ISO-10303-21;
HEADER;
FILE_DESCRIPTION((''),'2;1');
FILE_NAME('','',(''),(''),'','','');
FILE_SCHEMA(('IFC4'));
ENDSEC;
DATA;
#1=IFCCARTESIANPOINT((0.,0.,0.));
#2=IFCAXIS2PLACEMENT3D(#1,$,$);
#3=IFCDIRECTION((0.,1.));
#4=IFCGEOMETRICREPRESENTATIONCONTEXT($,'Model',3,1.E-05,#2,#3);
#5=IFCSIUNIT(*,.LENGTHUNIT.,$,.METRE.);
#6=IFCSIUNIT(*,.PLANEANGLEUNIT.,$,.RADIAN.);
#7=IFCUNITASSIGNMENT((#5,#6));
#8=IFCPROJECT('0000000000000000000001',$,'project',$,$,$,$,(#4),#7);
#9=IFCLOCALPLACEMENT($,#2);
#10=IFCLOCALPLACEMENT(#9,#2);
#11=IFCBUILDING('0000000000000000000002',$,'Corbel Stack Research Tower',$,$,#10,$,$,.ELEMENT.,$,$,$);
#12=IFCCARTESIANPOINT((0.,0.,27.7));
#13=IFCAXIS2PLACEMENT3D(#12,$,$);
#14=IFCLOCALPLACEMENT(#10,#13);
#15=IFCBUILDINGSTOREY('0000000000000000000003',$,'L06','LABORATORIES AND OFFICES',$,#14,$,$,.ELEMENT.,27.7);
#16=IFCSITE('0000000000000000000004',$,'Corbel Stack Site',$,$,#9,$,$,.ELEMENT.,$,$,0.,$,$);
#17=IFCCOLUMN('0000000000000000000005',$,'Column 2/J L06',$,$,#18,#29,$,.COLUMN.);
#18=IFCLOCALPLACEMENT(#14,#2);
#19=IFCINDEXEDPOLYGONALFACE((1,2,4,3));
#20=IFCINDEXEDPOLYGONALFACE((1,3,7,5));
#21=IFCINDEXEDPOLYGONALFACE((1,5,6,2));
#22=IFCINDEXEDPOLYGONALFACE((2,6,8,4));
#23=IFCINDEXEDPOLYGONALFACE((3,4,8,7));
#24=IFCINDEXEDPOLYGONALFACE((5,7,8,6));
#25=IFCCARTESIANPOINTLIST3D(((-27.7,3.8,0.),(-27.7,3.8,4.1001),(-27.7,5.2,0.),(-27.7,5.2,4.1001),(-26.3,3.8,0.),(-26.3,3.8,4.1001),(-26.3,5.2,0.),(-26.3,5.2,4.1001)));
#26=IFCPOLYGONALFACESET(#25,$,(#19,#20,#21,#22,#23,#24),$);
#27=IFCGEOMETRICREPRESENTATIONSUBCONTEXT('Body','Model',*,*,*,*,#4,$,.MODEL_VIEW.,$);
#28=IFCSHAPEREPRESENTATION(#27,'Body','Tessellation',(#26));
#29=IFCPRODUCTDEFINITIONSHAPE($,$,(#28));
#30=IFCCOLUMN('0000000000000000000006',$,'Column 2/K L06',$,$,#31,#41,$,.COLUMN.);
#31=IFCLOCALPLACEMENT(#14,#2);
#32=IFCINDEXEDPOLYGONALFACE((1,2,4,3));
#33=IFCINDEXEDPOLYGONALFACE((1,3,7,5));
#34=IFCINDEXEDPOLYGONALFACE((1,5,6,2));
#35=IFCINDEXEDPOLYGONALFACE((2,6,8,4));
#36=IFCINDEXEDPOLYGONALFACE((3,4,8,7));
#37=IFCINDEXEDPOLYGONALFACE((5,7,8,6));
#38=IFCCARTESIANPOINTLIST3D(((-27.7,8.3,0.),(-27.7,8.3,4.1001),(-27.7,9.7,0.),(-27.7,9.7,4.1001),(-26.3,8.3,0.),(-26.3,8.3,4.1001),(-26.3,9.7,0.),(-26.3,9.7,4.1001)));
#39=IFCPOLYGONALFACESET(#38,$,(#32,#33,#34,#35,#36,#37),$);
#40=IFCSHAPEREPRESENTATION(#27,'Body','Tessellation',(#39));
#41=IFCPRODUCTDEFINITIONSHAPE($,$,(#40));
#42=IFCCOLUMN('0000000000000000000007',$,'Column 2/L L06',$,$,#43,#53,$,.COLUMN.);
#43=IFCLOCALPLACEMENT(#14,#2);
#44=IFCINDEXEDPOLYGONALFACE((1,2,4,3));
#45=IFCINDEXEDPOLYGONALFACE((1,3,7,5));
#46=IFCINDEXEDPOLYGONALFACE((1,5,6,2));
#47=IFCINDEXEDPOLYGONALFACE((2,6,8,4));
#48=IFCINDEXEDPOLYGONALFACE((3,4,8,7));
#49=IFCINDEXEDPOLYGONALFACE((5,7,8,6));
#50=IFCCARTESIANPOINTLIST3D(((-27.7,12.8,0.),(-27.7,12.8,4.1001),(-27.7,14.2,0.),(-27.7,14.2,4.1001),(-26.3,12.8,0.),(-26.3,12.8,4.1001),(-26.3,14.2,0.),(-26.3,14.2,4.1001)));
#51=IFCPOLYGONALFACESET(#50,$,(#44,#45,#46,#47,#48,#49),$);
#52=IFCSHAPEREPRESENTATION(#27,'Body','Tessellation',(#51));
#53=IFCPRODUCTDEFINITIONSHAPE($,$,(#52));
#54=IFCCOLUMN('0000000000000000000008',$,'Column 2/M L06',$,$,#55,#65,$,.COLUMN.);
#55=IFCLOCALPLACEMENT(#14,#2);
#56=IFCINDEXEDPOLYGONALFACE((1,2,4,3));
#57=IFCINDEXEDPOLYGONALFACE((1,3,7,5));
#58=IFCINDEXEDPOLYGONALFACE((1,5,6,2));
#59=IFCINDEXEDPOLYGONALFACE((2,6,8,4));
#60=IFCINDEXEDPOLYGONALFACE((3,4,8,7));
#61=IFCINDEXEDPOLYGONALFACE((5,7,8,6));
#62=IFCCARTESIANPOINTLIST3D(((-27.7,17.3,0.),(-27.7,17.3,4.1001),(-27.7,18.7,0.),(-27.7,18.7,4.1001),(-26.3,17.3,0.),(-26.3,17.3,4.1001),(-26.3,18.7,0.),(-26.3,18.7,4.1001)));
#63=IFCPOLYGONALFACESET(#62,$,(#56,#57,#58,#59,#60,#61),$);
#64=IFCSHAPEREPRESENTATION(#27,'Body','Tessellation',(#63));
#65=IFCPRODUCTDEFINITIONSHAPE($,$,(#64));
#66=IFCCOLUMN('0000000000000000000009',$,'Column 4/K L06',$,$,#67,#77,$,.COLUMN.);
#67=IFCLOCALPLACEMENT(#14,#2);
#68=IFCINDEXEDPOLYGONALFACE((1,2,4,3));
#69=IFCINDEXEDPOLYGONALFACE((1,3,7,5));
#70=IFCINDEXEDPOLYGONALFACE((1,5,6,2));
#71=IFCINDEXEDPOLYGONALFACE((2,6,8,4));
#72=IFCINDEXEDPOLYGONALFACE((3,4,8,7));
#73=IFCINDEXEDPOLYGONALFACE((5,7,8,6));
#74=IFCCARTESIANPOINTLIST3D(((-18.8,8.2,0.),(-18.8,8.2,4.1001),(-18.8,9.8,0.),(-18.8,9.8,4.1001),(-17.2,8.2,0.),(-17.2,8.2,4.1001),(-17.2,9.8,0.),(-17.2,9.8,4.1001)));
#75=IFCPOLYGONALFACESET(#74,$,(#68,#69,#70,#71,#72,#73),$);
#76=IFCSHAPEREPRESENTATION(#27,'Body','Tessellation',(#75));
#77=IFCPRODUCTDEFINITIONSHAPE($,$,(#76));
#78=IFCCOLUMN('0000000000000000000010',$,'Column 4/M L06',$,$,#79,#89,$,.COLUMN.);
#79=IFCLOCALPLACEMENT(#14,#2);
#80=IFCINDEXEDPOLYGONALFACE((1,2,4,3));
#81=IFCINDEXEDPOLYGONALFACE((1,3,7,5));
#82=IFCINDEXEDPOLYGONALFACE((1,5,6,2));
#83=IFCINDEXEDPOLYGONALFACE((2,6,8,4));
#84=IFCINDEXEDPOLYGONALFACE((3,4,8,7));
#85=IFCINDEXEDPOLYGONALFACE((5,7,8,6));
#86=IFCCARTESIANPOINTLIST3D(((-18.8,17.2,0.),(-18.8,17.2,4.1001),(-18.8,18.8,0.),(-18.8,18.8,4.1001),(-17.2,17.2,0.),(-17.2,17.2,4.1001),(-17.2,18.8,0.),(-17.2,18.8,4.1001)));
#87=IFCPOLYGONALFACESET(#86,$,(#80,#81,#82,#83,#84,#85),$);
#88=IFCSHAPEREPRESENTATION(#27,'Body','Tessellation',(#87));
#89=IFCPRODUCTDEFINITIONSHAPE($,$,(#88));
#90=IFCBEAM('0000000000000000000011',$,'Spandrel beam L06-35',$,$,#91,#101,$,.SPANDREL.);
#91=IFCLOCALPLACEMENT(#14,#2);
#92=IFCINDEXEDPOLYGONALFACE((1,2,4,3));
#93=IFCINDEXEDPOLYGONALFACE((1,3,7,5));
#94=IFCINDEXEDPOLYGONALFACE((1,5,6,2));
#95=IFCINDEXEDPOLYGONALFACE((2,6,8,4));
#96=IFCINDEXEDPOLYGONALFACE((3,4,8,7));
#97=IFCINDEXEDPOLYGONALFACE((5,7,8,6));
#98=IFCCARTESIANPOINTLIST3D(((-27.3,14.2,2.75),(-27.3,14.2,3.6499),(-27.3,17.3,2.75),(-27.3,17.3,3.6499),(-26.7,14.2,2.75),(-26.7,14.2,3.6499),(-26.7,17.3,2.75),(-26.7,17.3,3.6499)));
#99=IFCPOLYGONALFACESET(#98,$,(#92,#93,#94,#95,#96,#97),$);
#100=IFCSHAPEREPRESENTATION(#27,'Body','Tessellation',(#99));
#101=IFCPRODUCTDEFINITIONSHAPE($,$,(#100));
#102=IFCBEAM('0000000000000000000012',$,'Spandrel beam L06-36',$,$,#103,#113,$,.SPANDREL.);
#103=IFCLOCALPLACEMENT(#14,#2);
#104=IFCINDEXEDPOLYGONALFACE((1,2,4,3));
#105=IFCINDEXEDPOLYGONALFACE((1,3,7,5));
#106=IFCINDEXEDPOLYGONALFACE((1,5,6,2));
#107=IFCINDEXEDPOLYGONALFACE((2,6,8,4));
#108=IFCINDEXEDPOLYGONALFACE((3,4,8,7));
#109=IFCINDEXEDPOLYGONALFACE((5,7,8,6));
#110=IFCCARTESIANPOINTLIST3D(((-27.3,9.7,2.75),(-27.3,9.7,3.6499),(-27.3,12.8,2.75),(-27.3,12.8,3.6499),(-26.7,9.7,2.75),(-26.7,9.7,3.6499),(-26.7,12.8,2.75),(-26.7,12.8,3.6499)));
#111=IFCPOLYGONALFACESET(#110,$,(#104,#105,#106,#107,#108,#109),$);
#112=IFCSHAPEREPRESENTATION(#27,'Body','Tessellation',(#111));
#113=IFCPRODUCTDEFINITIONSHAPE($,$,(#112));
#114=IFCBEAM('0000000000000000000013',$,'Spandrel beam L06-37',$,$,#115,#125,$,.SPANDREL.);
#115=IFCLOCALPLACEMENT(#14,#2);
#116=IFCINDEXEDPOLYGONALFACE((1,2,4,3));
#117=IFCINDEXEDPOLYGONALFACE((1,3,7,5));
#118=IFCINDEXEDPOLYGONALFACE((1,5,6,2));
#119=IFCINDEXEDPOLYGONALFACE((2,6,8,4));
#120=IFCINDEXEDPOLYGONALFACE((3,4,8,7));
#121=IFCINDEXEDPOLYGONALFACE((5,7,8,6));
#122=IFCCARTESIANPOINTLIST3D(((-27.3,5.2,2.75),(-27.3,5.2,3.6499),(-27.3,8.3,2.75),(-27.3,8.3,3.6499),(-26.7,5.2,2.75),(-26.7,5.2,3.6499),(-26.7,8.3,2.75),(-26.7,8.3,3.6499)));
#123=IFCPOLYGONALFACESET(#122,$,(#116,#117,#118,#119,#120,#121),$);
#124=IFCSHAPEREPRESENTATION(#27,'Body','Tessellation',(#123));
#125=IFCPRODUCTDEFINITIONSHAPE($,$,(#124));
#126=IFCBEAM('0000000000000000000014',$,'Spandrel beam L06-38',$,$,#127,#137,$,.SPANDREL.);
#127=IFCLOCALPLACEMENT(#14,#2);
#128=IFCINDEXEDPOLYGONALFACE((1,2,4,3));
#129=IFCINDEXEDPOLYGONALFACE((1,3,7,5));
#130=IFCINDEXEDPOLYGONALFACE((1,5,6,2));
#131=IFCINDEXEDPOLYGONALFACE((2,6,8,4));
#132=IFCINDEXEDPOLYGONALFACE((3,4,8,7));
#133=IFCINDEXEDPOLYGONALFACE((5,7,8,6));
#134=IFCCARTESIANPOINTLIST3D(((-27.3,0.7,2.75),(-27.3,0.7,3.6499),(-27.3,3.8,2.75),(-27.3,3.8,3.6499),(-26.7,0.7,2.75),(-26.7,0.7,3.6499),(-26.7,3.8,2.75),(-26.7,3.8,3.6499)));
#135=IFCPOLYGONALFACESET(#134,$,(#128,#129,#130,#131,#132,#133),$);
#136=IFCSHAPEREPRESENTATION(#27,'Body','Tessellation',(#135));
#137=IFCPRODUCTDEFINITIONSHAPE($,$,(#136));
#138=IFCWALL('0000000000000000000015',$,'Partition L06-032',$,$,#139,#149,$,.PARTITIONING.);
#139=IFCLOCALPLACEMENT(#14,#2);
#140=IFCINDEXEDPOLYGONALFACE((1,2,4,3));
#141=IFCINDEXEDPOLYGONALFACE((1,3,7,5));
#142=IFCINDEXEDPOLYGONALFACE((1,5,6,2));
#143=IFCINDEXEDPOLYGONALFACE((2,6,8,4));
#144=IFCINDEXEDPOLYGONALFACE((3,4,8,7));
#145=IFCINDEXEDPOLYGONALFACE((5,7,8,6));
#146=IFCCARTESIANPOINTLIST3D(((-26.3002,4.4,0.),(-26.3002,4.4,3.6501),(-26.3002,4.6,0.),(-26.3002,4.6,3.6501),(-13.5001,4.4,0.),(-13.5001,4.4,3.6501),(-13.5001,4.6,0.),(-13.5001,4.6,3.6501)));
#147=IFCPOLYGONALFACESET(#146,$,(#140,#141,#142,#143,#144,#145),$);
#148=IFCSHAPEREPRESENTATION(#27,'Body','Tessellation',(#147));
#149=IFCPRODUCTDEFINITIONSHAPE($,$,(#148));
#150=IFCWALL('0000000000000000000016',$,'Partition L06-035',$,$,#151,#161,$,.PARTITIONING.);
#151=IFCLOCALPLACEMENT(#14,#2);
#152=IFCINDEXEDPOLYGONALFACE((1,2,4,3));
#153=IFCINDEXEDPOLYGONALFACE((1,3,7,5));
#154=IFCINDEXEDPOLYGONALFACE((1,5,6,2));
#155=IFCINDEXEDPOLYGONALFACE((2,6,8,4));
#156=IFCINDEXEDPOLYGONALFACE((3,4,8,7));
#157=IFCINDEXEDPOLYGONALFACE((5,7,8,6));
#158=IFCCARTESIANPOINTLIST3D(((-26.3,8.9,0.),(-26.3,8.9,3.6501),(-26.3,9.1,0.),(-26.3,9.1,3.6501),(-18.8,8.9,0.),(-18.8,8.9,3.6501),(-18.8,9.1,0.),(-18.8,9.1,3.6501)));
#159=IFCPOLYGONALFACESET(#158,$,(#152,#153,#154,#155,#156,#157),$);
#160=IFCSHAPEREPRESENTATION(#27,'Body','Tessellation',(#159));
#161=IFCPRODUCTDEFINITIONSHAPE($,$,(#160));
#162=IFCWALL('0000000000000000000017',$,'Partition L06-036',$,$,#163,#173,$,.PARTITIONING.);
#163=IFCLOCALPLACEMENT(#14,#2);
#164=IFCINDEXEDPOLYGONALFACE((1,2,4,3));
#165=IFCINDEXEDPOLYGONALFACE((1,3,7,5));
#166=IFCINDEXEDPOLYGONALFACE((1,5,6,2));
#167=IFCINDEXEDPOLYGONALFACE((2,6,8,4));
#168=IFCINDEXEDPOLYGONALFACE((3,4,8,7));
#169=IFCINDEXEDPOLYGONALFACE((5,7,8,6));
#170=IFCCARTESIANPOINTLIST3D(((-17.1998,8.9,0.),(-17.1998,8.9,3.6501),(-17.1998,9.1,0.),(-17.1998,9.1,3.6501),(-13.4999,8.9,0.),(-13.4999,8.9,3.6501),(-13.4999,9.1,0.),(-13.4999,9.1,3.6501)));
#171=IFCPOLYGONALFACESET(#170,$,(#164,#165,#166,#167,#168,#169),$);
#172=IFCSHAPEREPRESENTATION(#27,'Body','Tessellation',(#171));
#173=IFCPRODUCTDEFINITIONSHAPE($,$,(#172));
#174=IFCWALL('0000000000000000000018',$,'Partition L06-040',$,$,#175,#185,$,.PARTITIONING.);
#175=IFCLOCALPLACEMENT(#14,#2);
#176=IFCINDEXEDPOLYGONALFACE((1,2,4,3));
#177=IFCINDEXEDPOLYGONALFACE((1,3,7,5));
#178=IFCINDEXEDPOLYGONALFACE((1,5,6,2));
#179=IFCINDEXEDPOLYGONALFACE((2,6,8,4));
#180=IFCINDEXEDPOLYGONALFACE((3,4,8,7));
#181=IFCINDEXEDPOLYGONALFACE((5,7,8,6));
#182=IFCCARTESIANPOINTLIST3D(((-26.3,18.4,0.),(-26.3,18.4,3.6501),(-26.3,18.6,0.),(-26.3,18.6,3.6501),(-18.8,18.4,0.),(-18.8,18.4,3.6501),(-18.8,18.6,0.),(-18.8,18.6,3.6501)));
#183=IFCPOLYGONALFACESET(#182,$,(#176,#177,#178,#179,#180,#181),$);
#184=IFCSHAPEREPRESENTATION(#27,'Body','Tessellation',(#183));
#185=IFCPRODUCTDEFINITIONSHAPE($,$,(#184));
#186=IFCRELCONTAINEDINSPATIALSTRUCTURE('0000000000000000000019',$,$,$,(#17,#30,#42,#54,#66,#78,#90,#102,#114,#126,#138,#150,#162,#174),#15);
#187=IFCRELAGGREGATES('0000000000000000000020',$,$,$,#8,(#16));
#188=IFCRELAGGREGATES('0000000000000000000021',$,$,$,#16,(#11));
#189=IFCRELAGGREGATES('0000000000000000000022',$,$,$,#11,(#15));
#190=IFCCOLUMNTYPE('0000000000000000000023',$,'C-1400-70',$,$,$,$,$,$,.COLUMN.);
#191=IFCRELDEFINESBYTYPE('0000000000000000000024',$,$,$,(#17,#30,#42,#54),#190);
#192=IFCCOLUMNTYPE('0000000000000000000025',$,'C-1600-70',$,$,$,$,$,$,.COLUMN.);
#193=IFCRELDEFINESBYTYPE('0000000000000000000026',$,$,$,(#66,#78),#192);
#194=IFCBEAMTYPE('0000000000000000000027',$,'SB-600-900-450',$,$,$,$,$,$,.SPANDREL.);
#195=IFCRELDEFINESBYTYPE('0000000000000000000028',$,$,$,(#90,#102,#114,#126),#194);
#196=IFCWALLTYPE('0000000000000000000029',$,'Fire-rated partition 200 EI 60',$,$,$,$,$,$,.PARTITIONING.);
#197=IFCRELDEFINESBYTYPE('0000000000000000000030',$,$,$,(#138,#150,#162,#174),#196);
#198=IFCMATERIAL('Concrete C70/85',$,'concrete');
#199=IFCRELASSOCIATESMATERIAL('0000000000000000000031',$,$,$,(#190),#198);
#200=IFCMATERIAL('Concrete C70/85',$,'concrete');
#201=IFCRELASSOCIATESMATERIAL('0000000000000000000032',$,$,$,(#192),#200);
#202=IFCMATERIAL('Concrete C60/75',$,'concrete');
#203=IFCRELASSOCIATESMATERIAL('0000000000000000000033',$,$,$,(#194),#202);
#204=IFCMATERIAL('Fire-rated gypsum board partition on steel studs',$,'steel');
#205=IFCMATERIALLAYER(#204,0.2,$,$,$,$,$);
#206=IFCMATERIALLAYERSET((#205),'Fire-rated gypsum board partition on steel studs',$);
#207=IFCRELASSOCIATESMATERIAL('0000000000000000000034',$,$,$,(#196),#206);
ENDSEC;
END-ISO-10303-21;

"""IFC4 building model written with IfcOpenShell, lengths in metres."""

from ifc_helpers import new_model, si_unit, direction, frame, frame_2d, origin, origin_2d, place, context, subcontext, project, spatial, rectangle, extrude, material, layer, layer_set, material_profile, profile_set, type_object, element, save


model = new_model("IFC4")

# Units and contexts
model_context = context("Model", 3, precision=1e-05, world=origin(), true_north=direction((0.0, 1.0)))
body_context = subcontext(model_context, "Body", "Model", "MODEL_VIEW")
ifc_project = project(units=[si_unit("LENGTHUNIT", "METRE"), si_unit("PLANEANGLEUNIT", "RADIAN")], contexts=[model_context])

# Site, building, storey
site_placement = place(None, origin())
site = spatial("IfcSite", under=ifc_project, at=site_placement, Name="Corbel Stack Site", CompositionType="ELEMENT", RefElevation=0.0)
building_placement = place(site_placement, origin())
building = spatial("IfcBuilding", under=site, at=building_placement, Name="Corbel Stack Research Tower", CompositionType="ELEMENT")
storey_placement = place(building_placement, frame((0.0, 0.0, 27.7)))
storey = spatial("IfcBuildingStorey", under=building, at=storey_placement, Name="L06", Description="LABORATORIES AND OFFICES", CompositionType="ELEMENT", Elevation=27.7)

# Columns
ifc_material_1 = material(Name="Concrete C70/85", Category="concrete")
ifc_material_profile_1 = material_profile(ifc_material_1, rectangle(XDim=1.3999, YDim=1.3999, at=origin_2d()), Name="RC 1400 x 1400")
ifc_profile_set_1 = profile_set([ifc_material_profile_1], Name="Concrete C70/85")
column_type_1 = type_object("IfcColumnType", Name="C-1400-70", PredefinedType="COLUMN", material=ifc_profile_set_1)
for number, where, z_axis, x_axis, name in (
    (1, (-27.0, 4.5, 0.0), (0.0, 0.0, 1.0), (1.0, 0.0, 0.0), "Column 2/J L06"),
    (2, (-27.0, 9.0, 0.0), (0.0, 0.0, 1.0), (1.0, 0.0, 0.0), "Column 2/K L06"),
    (3, (-27.0, 13.5, 0.0), (0.0, 0.0, 1.0), (1.0, 0.0, 0.0), "Column 2/L L06"),
    (4, (-27.0, 18.0, 0.0), (0.0, 0.0, 1.0), (1.0, 0.0, 0.0), "Column 2/M L06"),
):
    element("IfcColumn", number, at=place(storey_placement, frame(where, z_axis=z_axis, x_axis=x_axis)), inside=storey, type_object=column_type_1, Name=name, PredefinedType="COLUMN", context=body_context, shape_type="SweptSolid", body=[
        extrude(rectangle(XDim=1.3999, YDim=1.3999, at=origin_2d()), origin(), (0.0, 0.0, 1.0), 4.1001),
    ])
ifc_material_2 = material(Name="Concrete C70/85", Category="concrete")
ifc_material_profile_2 = material_profile(ifc_material_2, rectangle(XDim=1.6001, YDim=1.6001, at=origin_2d()), Name="RC 1600 x 1600")
ifc_profile_set_2 = profile_set([ifc_material_profile_2], Name="Concrete C70/85")
column_type_2 = type_object("IfcColumnType", Name="C-1600-70", PredefinedType="COLUMN", material=ifc_profile_set_2)
for number, where, z_axis, x_axis, name in (
    (5, (-18.0, 9.0, 0.0), (0.0, 0.0, 1.0), (1.0, 0.0, 0.0), "Column 4/K L06"),
    (6, (-18.0, 18.0, 0.0), (0.0, 0.0, 1.0), (1.0, 0.0, 0.0), "Column 4/M L06"),
):
    element("IfcColumn", number, at=place(storey_placement, frame(where, z_axis=z_axis, x_axis=x_axis)), inside=storey, type_object=column_type_2, Name=name, PredefinedType="COLUMN", context=body_context, shape_type="SweptSolid", body=[
        extrude(rectangle(XDim=1.6001, YDim=1.6001, at=origin_2d()), origin(), (0.0, 0.0, 1.0), 4.1001),
    ])

# Beams
ifc_material_3 = material(Name="Concrete C60/75", Category="concrete")
ifc_material_profile_3 = material_profile(ifc_material_3, rectangle(XDim=0.6001, YDim=0.8999, at=origin_2d()), Name="RC 600 x 900")
ifc_profile_set_3 = profile_set([ifc_material_profile_3], Name="Concrete C60/75")
beam_type = type_object("IfcBeamType", Name="SB-600-900-450", PredefinedType="SPANDREL", material=ifc_profile_set_3)
for number, where, z_axis, x_axis, name in (
    (7, (-27.0, 17.3, 3.2), (0.0, -1.0, 0.0), (1.0, 0.0, 0.0), "Spandrel beam L06-35"),
    (8, (-27.0, 12.8, 3.2), (0.0, -1.0, 0.0), (1.0, 0.0, 0.0), "Spandrel beam L06-36"),
    (9, (-27.0, 8.3, 3.2), (0.0, -1.0, 0.0), (1.0, 0.0, 0.0), "Spandrel beam L06-37"),
    (10, (-27.0, 3.8, 3.2), (0.0, -1.0, 0.0), (1.0, 0.0, 0.0), "Spandrel beam L06-38"),
):
    element("IfcBeam", number, at=place(storey_placement, frame(where, z_axis=z_axis, x_axis=x_axis)), inside=storey, type_object=beam_type, Name=name, PredefinedType="SPANDREL", context=body_context, shape_type="SweptSolid", body=[
        extrude(rectangle(XDim=0.6001, YDim=0.8999, at=origin_2d()), origin(), (0.0, 0.0, 1.0), 3.1001),
    ])

# Walls
ifc_material_4 = material(Name="Fire-rated gypsum board partition on steel studs", Category="steel")
ifc_layer_1 = layer(ifc_material_4, 0.2)
ifc_layer_set_1 = layer_set([ifc_layer_1], Name="Fire-rated gypsum board partition on steel studs")
wall_type_1 = type_object("IfcWallType", Name="Fire-rated partition 200 EI 60", PredefinedType="PARTITIONING", material=ifc_layer_set_1)
wall_1_placement = place(storey_placement, frame((-26.3, 4.5, 0.0), z_axis=(0.0, 0.0, 1.0), x_axis=(1.0, 0.0, 0.0)))
element("IfcWall", 11, at=wall_1_placement, inside=storey, type_object=wall_type_1, Name="Partition L06-032", PredefinedType="PARTITIONING", context=body_context, shape_type="SweptSolid", body=[
    extrude(rectangle(XDim=12.8, YDim=0.2, at=frame_2d((6.3999, 0.0))), origin(), (0.0, 0.0, 1.0), 3.6501),
])
wall_2_placement = place(storey_placement, frame((-26.3, 9.0, 0.0), z_axis=(0.0, 0.0, 1.0), x_axis=(1.0, 0.0, 0.0)))
element("IfcWall", 12, at=wall_2_placement, inside=storey, type_object=wall_type_1, Name="Partition L06-035", PredefinedType="PARTITIONING", context=body_context, shape_type="SweptSolid", body=[
    extrude(rectangle(XDim=7.5, YDim=0.2, at=frame_2d((3.75, 0.0))), origin(), (0.0, 0.0, 1.0), 3.6501),
])
wall_3_placement = place(storey_placement, frame((-17.2, 9.0, 0.0), z_axis=(0.0, 0.0, 1.0), x_axis=(1.0, 0.0, 0.0)))
element("IfcWall", 13, at=wall_3_placement, inside=storey, type_object=wall_type_1, Name="Partition L06-036", PredefinedType="PARTITIONING", context=body_context, shape_type="SweptSolid", body=[
    extrude(rectangle(XDim=3.7, YDim=0.2, at=frame_2d((1.8501, 0.0))), origin(), (0.0, 0.0, 1.0), 3.6501),
])
wall_4_placement = place(storey_placement, frame((-26.3, 18.5, 0.0), z_axis=(0.0, 0.0, 1.0), x_axis=(1.0, 0.0, 0.0)))
element("IfcWall", 14, at=wall_4_placement, inside=storey, type_object=wall_type_1, Name="Partition L06-040", PredefinedType="PARTITIONING", context=body_context, shape_type="SweptSolid", body=[
    extrude(rectangle(XDim=7.5, YDim=0.2, at=frame_2d((3.75, 0.0))), origin(), (0.0, 0.0, 1.0), 3.6501),
])

save(model, "model.ifc")
